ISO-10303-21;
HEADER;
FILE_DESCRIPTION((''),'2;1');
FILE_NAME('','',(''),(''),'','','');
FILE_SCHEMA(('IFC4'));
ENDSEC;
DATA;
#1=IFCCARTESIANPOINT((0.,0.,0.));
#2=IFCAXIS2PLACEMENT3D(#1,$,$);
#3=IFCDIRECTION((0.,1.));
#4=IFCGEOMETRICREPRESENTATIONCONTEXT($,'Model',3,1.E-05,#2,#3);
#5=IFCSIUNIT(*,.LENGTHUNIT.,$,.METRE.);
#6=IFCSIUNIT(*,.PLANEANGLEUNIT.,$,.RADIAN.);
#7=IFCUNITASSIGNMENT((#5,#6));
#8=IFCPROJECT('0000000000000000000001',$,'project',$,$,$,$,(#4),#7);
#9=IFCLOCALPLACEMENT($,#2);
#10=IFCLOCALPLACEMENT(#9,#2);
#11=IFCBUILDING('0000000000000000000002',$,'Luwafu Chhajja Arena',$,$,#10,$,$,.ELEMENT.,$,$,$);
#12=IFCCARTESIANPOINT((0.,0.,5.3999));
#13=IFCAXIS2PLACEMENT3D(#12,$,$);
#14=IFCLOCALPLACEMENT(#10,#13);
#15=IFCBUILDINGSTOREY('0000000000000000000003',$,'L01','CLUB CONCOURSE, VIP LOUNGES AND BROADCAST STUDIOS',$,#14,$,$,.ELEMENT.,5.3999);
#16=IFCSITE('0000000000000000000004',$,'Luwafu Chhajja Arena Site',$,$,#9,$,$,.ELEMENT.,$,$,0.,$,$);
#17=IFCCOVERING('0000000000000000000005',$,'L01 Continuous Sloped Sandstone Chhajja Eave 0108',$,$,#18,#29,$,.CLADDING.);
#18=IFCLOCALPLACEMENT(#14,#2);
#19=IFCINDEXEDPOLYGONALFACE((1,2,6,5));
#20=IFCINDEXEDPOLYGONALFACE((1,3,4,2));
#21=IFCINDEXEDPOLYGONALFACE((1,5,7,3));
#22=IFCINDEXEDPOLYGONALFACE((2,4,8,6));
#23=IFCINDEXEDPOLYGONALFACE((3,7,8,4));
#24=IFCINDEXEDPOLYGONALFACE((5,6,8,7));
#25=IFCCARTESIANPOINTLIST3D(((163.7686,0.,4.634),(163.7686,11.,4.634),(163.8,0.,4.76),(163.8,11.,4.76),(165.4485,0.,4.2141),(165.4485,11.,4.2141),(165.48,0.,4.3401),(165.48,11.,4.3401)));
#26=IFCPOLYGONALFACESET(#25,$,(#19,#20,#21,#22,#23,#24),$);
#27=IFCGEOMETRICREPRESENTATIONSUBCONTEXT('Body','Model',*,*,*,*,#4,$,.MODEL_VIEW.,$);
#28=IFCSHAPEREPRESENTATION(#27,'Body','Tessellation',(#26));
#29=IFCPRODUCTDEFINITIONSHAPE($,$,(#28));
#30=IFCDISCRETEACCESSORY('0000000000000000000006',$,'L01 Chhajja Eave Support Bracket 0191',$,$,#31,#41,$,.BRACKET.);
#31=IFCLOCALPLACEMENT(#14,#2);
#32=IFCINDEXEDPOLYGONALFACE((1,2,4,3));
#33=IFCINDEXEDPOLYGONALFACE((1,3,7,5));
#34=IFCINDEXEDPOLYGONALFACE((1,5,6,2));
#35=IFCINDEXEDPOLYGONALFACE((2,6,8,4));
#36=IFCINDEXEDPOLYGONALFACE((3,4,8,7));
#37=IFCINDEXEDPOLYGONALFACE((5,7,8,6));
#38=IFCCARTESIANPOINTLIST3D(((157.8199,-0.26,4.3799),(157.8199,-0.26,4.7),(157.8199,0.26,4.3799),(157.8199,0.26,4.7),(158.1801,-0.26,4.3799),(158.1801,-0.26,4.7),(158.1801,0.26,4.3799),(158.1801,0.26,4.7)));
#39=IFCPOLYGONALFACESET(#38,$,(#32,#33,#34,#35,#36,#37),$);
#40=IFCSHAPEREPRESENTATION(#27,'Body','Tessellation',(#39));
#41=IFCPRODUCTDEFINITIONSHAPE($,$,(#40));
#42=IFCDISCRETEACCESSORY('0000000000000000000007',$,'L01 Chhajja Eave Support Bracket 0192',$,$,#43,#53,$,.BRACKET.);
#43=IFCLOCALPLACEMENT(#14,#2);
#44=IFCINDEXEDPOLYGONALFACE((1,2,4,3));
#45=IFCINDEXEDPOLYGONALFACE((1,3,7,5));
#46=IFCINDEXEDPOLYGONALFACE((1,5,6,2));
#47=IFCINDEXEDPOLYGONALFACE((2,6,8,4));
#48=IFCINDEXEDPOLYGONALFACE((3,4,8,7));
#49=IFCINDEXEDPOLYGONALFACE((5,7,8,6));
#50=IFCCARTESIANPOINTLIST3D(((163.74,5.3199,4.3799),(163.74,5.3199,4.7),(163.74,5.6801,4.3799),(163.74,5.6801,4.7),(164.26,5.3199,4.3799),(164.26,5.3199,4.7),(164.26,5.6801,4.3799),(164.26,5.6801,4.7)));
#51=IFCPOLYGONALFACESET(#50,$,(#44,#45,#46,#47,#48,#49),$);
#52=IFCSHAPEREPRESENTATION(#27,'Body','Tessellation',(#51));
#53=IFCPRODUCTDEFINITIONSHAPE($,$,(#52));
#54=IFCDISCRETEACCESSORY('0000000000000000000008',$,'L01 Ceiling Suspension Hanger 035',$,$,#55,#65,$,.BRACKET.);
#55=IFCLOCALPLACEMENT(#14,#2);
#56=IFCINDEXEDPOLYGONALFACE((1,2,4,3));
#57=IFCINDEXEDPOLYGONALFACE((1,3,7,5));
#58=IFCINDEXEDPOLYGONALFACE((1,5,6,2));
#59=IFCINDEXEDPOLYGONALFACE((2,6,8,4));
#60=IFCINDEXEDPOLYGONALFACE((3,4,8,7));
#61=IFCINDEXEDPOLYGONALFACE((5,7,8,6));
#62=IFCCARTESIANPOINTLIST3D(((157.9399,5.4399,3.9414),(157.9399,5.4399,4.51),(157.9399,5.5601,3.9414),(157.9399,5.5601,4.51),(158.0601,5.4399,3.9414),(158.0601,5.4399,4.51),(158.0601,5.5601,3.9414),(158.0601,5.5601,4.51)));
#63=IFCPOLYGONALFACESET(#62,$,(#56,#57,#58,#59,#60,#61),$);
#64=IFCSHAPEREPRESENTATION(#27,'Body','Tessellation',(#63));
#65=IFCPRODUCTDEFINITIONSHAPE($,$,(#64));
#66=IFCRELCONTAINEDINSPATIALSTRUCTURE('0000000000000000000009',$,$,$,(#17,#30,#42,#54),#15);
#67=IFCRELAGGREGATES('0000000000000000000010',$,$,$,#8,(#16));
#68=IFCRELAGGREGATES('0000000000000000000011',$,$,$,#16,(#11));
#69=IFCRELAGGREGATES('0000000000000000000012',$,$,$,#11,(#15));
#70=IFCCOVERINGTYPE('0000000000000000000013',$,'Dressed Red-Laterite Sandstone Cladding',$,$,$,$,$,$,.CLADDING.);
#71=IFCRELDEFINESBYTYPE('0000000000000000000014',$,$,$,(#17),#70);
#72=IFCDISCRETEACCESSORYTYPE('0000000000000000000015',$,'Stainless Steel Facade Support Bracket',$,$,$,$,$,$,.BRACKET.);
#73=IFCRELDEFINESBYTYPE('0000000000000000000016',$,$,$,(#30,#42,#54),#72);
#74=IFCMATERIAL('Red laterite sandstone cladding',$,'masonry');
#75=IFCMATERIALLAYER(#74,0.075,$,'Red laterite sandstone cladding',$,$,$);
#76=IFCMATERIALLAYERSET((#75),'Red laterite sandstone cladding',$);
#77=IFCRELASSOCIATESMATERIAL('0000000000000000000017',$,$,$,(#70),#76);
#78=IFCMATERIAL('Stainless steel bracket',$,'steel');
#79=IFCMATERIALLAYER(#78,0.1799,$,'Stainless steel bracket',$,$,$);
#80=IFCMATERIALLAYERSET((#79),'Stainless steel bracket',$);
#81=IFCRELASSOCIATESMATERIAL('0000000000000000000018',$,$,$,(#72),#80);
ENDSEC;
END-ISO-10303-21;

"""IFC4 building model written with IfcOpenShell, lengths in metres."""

from ifc_helpers import new_model, si_unit, direction, frame, origin, origin_2d, place, context, subcontext, project, spatial, polyline, rectangle, outline, extrude, material, layer, layer_set, type_object, element, save


model = new_model("IFC4")

# Units and contexts
model_context = context("Model", 3, precision=1e-05, world=origin(), true_north=direction((0.0, 1.0)))
body_context = subcontext(model_context, "Body", "Model", "MODEL_VIEW")
ifc_project = project(units=[si_unit("LENGTHUNIT", "METRE"), si_unit("PLANEANGLEUNIT", "RADIAN")], contexts=[model_context])

# Site, building, storey
site_placement = place(None, origin())
site = spatial("IfcSite", under=ifc_project, at=site_placement, Name="Luwafu Chhajja Arena Site", CompositionType="ELEMENT", RefElevation=0.0)
building_placement = place(site_placement, origin())
building = spatial("IfcBuilding", under=site, at=building_placement, Name="Luwafu Chhajja Arena", CompositionType="ELEMENT")
storey_placement = place(building_placement, frame((0.0, 0.0, 5.3999)))
storey = spatial("IfcBuildingStorey", under=building, at=storey_placement, Name="L01", Description="CLUB CONCOURSE, VIP LOUNGES AND BROADCAST STUDIOS", CompositionType="ELEMENT", Elevation=5.3999)

# Covering
ifc_material_1 = material(Name="Red laterite sandstone cladding", Category="masonry")
ifc_layer_1 = layer(ifc_material_1, 0.075, Name="Red laterite sandstone cladding")
ifc_layer_set_1 = layer_set([ifc_layer_1], Name="Red laterite sandstone cladding")
covering_type = type_object("IfcCoveringType", Name="Dressed Red-Laterite Sandstone Cladding", PredefinedType="CLADDING", material=ifc_layer_set_1)
covering_1_placement = place(storey_placement, frame((163.8, 0.0, 4.76), z_axis=(0.242502, 0.0, 0.970151), x_axis=(0.0, 1.0, 0.0)))
element("IfcCovering", 1, at=covering_1_placement, inside=storey, type_object=covering_type, Name="L01 Continuous Sloped Sandstone Chhajja Eave 0108", PredefinedType="CLADDING", context=body_context, shape_type="SweptSolid", body=[
    extrude(outline(polyline([(0.0, 0.0), (11.0, 0.0), (11.0, -1.7316), (0.0, -1.7316), (0.0, 0.0)])), origin(), (0.0, 0.0, -1.0), 0.1299),
])

# Discrete accessories
ifc_material_2 = material(Name="Stainless steel bracket", Category="steel")
ifc_layer_2 = layer(ifc_material_2, 0.1799, Name="Stainless steel bracket")
ifc_layer_set_2 = layer_set([ifc_layer_2], Name="Stainless steel bracket")
discrete_accessory_type = type_object("IfcDiscreteAccessoryType", Name="Stainless Steel Facade Support Bracket", PredefinedType="BRACKET", material=ifc_layer_set_2)
for number, where, z_axis, x_axis, name in (
    (2, (158.0, 0.0, 4.3799), (0.0, 0.0, 1.0), (1.0, 0.0, 0.0), "L01 Chhajja Eave Support Bracket 0191"),
    (3, (164.0, 5.5, 4.3799), (0.0, 0.0, 1.0), (0.0, 1.0, 0.0), "L01 Chhajja Eave Support Bracket 0192"),
):
    element("IfcDiscreteAccessory", number, at=place(storey_placement, frame(where, z_axis=z_axis, x_axis=x_axis)), inside=storey, type_object=discrete_accessory_type, Name=name, PredefinedType="BRACKET", context=body_context, shape_type="SweptSolid", body=[
        extrude(rectangle(XDim=0.3601, YDim=0.52, at=origin_2d()), origin(), (0.0, 0.0, 1.0), 0.3201),
    ])
discrete_accessory_placement = place(storey_placement, frame((158.0, 5.5, 3.9414), z_axis=(0.0, 0.0, 1.0), x_axis=(1.0, 0.0, 0.0)))
element("IfcDiscreteAccessory", 4, at=discrete_accessory_placement, inside=storey, type_object=discrete_accessory_type, Name="L01 Ceiling Suspension Hanger 035", PredefinedType="BRACKET", context=body_context, shape_type="SweptSolid", body=[
    extrude(rectangle(XDim=0.1201, YDim=0.1201, at=origin_2d()), origin(), (0.0, 0.0, 1.0), 0.5686),
])

save(model, "model.ifc")
